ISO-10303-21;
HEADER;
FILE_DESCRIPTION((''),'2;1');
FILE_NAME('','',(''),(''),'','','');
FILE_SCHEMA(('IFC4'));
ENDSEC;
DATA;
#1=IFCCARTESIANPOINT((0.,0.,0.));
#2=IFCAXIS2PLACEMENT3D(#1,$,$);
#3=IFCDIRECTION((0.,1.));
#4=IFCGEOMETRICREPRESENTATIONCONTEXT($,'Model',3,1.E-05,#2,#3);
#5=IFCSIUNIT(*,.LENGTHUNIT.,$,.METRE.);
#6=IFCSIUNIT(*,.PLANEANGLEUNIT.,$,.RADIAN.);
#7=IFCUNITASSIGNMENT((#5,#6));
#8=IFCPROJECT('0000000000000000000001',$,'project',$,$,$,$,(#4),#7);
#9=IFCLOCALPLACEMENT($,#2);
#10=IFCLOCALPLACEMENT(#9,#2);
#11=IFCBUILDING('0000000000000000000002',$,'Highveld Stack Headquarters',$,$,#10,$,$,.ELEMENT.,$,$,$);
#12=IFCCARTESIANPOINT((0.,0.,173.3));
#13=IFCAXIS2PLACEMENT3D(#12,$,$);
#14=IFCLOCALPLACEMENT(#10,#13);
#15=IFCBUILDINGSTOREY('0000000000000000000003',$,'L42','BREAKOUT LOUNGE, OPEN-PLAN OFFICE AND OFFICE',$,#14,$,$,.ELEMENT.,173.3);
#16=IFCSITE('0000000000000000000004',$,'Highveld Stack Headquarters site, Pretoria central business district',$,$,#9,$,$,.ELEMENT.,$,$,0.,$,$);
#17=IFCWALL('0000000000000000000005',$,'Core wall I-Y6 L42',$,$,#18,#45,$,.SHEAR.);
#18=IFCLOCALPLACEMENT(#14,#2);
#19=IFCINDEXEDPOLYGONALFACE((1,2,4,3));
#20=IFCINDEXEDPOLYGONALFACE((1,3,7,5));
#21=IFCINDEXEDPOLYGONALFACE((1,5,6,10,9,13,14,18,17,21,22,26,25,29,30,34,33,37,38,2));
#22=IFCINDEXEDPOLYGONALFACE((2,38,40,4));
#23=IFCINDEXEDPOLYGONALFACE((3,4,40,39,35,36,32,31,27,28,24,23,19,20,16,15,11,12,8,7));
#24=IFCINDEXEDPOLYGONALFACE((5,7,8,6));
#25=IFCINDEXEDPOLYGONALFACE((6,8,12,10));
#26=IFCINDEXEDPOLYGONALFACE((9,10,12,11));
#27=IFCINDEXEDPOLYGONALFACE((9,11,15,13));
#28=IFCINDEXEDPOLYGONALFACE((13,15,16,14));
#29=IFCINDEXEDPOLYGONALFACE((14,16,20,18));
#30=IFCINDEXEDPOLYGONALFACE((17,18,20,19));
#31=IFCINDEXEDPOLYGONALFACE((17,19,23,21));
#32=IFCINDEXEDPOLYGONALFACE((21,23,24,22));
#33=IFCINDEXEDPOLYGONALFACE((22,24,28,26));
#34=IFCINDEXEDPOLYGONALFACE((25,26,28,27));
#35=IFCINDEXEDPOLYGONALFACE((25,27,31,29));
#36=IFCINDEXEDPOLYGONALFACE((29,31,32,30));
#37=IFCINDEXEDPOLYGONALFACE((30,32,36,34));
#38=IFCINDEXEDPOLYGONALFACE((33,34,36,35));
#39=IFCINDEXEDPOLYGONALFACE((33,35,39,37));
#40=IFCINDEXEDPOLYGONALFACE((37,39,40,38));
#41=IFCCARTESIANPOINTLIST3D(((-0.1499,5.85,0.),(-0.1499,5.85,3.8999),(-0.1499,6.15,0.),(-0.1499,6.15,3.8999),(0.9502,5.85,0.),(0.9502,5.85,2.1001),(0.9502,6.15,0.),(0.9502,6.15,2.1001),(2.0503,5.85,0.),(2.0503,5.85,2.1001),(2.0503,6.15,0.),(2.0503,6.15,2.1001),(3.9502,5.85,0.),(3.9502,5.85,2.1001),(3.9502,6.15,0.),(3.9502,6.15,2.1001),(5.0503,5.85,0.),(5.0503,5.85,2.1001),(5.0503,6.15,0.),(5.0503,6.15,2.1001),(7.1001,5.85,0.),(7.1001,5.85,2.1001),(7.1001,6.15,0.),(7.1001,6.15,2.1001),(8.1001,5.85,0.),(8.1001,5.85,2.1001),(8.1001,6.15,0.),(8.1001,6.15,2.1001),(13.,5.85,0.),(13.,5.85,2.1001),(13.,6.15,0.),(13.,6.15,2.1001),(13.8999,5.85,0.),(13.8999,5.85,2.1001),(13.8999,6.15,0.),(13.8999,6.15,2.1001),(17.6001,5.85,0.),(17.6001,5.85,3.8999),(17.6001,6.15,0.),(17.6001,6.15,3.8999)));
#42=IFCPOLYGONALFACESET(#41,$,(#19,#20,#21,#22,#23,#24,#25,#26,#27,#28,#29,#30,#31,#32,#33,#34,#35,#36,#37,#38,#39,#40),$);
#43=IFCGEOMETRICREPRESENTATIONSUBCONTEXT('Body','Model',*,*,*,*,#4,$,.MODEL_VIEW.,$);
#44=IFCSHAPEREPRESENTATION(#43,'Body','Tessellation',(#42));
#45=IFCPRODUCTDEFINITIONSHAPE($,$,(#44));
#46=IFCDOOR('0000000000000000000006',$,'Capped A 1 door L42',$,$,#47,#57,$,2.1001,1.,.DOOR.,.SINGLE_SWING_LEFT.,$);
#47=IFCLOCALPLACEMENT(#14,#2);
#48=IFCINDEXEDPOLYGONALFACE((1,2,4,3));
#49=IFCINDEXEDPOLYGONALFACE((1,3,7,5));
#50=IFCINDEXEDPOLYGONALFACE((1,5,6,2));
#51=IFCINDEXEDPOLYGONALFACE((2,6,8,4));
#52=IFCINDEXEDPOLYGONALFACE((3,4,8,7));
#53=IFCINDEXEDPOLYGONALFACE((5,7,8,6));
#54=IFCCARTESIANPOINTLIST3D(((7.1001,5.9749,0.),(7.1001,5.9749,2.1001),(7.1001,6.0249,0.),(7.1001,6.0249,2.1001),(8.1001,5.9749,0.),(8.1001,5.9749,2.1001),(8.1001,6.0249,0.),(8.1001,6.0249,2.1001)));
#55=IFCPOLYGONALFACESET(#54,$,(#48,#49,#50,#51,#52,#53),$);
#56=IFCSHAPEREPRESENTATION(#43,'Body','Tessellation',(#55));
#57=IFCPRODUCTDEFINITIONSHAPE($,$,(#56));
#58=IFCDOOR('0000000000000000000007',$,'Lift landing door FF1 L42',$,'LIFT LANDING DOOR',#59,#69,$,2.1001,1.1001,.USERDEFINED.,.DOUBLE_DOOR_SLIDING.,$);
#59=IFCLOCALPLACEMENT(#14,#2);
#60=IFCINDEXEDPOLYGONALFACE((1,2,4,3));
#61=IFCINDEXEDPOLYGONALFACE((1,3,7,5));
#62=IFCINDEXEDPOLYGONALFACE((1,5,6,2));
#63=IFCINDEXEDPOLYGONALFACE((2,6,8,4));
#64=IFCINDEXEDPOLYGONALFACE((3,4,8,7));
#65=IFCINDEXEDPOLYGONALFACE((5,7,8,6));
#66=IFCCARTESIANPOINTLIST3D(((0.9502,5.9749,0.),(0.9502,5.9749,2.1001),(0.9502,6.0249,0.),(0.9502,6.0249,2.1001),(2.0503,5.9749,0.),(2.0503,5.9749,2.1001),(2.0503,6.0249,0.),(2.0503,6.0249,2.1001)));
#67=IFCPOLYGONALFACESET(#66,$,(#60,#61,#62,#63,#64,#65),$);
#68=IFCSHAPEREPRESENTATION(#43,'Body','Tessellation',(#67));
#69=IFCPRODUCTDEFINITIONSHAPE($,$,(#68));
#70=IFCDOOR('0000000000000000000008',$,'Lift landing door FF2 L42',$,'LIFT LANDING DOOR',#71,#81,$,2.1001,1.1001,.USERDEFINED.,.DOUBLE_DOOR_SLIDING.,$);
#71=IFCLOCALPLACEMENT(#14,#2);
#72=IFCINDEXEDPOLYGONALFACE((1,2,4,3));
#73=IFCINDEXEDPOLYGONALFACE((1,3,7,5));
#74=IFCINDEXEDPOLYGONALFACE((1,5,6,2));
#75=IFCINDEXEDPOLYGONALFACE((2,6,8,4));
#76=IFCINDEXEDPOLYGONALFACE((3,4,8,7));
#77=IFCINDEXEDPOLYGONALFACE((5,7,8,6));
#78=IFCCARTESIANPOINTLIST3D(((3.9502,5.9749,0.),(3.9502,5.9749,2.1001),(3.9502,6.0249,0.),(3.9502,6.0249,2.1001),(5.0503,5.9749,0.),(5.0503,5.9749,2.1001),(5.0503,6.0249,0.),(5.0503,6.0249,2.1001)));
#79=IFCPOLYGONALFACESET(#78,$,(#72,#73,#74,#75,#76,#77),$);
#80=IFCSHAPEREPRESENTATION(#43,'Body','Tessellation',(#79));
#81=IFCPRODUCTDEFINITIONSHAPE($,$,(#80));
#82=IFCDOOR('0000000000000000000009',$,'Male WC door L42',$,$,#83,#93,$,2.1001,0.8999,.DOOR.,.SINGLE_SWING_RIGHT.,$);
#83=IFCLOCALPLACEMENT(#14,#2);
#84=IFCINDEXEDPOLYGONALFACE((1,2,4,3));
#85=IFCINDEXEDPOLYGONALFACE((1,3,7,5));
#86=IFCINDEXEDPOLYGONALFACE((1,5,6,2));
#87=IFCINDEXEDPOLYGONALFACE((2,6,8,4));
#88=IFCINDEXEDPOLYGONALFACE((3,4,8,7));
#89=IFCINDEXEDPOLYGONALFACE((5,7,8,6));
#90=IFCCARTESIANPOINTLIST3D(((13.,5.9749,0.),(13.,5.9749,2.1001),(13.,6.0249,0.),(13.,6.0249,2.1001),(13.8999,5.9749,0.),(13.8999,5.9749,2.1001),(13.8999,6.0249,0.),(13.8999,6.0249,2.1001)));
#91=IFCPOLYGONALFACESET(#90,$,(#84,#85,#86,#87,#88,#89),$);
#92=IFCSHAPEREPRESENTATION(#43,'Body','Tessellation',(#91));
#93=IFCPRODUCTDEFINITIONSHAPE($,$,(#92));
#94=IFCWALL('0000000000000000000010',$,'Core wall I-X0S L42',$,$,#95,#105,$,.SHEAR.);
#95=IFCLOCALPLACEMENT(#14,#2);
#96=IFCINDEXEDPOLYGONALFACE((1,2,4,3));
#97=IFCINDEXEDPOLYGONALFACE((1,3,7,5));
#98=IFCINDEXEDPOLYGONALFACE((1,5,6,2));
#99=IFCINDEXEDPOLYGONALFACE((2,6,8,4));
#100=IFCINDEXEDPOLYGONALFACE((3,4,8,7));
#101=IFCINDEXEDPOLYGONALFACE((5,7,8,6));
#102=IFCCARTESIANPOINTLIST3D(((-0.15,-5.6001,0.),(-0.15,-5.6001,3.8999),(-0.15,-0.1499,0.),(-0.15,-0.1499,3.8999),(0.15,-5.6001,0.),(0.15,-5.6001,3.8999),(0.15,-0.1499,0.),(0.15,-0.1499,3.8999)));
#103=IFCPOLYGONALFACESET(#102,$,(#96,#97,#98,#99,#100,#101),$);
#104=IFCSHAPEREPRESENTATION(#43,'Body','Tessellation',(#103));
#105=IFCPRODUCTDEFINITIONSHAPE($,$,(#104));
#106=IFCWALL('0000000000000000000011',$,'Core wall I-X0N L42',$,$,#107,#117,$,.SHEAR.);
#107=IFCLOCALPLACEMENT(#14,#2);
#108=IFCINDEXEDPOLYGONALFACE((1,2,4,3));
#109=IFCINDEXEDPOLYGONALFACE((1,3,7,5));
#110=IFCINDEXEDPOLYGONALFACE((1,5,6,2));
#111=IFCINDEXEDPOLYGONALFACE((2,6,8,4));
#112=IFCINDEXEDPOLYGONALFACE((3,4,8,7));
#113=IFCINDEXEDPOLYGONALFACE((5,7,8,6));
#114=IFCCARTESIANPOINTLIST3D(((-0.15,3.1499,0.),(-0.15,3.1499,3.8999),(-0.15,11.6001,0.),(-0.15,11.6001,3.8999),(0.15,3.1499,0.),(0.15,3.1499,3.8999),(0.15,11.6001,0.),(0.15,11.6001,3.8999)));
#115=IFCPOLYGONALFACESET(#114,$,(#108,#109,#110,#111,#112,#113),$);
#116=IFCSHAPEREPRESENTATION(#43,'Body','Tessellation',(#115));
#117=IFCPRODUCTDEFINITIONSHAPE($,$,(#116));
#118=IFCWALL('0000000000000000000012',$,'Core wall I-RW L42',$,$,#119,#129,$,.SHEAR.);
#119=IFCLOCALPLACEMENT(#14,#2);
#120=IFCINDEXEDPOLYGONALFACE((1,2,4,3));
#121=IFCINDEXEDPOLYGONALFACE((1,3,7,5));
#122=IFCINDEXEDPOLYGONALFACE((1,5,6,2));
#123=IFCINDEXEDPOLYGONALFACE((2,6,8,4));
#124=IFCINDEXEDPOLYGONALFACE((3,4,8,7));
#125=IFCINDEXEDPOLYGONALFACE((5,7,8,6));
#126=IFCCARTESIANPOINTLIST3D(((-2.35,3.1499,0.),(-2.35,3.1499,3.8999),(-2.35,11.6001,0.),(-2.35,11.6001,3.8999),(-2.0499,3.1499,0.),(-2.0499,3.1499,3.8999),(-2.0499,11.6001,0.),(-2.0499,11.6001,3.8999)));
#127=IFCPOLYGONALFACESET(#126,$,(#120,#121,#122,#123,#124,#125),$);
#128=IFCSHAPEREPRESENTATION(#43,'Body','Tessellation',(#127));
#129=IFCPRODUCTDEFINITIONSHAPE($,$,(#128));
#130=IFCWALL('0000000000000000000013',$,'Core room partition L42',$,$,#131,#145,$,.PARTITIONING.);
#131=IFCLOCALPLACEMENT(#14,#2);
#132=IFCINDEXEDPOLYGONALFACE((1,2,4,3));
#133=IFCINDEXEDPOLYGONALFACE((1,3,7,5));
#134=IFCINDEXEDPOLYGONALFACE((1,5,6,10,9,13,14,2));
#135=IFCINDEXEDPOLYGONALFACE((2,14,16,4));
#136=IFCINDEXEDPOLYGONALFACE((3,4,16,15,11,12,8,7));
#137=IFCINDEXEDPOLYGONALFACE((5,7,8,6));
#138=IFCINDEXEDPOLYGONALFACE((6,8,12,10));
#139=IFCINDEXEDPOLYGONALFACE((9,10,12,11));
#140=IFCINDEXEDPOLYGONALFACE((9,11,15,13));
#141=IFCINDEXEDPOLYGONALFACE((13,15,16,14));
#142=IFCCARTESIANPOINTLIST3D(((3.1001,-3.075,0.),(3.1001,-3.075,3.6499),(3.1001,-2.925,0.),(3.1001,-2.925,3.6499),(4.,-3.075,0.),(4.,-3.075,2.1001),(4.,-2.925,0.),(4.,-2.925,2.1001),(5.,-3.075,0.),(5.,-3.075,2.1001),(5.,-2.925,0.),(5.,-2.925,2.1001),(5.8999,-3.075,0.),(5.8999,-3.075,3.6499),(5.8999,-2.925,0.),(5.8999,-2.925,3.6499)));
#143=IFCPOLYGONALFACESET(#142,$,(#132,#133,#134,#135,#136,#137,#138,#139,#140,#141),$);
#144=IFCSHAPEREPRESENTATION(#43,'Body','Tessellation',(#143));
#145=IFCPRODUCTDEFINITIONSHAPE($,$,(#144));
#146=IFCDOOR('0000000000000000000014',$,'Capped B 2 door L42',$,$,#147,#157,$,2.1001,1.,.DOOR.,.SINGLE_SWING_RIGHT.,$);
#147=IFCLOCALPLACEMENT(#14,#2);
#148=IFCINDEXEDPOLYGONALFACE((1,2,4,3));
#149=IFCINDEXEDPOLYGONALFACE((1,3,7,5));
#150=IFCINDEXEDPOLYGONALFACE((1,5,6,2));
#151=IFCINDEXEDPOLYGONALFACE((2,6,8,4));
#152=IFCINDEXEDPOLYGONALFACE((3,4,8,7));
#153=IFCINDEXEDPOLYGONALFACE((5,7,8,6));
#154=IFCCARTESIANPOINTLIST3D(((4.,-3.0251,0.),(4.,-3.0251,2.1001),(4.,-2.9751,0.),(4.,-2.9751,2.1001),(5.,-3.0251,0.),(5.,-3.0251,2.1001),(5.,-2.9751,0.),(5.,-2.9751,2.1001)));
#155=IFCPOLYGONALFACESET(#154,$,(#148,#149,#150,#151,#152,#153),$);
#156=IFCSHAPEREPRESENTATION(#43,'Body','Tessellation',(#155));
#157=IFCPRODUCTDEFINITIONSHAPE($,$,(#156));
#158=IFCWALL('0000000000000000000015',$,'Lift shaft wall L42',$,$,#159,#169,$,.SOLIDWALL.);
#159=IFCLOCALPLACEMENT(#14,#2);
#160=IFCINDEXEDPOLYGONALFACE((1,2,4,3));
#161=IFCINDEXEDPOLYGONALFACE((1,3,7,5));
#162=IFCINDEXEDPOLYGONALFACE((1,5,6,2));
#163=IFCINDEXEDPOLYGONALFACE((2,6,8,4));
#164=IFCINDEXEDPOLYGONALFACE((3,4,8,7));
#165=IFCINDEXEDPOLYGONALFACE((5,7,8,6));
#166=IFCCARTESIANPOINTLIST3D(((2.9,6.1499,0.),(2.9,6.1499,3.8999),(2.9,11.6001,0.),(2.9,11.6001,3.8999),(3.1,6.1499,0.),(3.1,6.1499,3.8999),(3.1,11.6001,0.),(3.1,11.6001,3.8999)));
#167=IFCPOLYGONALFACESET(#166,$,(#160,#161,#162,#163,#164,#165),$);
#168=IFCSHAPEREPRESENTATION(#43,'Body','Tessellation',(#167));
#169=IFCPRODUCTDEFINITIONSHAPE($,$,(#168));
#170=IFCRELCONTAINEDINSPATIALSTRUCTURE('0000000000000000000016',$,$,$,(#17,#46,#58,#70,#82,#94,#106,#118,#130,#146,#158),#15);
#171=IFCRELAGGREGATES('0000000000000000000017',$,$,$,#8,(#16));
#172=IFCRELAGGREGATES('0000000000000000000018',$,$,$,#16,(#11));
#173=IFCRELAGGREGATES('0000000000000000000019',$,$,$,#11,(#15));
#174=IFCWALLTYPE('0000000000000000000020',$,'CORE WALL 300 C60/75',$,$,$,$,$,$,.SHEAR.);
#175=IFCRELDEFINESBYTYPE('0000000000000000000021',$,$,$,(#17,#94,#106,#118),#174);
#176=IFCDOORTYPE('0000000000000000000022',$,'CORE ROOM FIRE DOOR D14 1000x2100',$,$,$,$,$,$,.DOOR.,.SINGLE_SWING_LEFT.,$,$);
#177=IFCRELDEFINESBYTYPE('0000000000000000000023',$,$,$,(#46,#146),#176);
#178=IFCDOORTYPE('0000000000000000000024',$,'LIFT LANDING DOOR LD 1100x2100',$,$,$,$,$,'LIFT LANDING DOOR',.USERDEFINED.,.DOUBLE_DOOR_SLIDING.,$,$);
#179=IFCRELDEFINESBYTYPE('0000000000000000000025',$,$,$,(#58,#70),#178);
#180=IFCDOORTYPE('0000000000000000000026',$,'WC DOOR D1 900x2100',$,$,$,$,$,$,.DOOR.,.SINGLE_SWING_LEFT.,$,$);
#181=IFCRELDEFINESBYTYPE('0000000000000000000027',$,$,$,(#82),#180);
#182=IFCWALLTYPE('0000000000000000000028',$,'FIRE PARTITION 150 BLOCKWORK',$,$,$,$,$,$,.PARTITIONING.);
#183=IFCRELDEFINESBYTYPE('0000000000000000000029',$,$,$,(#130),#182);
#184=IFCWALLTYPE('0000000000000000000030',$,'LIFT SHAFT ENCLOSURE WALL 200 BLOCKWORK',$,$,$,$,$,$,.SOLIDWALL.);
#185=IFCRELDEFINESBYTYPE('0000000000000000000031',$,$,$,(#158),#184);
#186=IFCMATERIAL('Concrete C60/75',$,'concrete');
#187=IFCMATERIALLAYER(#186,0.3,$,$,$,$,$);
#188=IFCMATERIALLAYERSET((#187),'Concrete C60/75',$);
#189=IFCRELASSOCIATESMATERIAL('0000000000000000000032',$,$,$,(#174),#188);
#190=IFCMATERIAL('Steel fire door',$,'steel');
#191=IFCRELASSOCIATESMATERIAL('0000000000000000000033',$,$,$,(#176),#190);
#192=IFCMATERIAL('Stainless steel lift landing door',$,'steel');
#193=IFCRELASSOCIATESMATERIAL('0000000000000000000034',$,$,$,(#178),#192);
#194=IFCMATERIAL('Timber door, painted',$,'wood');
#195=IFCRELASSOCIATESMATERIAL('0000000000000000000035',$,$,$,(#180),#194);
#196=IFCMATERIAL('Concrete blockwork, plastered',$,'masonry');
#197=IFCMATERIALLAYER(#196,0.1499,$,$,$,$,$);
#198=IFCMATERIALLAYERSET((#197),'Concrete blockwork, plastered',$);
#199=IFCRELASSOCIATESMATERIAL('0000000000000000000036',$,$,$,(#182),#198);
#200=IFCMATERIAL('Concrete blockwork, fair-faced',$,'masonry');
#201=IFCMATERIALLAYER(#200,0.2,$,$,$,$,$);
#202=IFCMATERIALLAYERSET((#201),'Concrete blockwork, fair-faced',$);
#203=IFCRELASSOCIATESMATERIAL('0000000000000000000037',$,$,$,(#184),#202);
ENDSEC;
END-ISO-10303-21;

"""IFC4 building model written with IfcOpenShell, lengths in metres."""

from ifc_helpers import new_model, si_unit, direction, frame, frame_2d, origin, place, context, subcontext, project, spatial, rectangle, extrude, material, layer, layer_set, type_object, element, fill, save


model = new_model("IFC4")

# Units and contexts
model_context = context("Model", 3, precision=1e-05, world=origin(), true_north=direction((0.0, 1.0)))
body_context = subcontext(model_context, "Body", "Model", "MODEL_VIEW")
ifc_project = project(units=[si_unit("LENGTHUNIT", "METRE"), si_unit("PLANEANGLEUNIT", "RADIAN")], contexts=[model_context])

# Site, building, storey
site_placement = place(None, origin())
site = spatial("IfcSite", under=ifc_project, at=site_placement, Name="Highveld Stack Headquarters site, Pretoria central business district", CompositionType="ELEMENT", RefElevation=0.0)
building_placement = place(site_placement, origin())
building = spatial("IfcBuilding", under=site, at=building_placement, Name="Highveld Stack Headquarters", CompositionType="ELEMENT")
storey_placement = place(building_placement, frame((0.0, 0.0, 173.3)))
storey = spatial("IfcBuildingStorey", under=building, at=storey_placement, Name="L42", Description="BREAKOUT LOUNGE, OPEN-PLAN OFFICE AND OFFICE", CompositionType="ELEMENT", Elevation=173.3)

# Wall, openings, doors
ifc_material_1 = material(Name="Concrete C60/75", Category="concrete")
ifc_layer_1 = layer(ifc_material_1, 0.3)
ifc_layer_set_1 = layer_set([ifc_layer_1], Name="Concrete C60/75")
wall_type_1 = type_object("IfcWallType", Name="CORE WALL 300 C60/75", PredefinedType="SHEAR", material=ifc_layer_set_1)
wall_1_placement = place(storey_placement, frame((-0.1499, 6.0, 0.0), z_axis=(0.0, 0.0, 1.0), x_axis=(1.0, 0.0, 0.0)))
wall_1 = element("IfcWall", 1, at=wall_1_placement, inside=storey, type_object=wall_type_1, Name="Core wall I-Y6 L42", PredefinedType="SHEAR", context=body_context, shape_type="SweptSolid", body=[
    extrude(rectangle(XDim=17.75, YDim=0.3, at=frame_2d((8.875, 0.0))), origin(), (0.0, 0.0, 1.0), 3.8999),
])
opening_1_placement = place(wall_1_placement, frame((13.1499, 0.0, 0.0)))
opening_1 = element("IfcOpeningElement", 2, at=opening_1_placement, cuts=wall_1, PredefinedType="OPENING", context=body_context, shape_type="SweptSolid", body=[
    extrude(rectangle(XDim=0.8999, YDim=2.1001, at=frame_2d((0.45, 1.05))), frame((0.0, 0.1599, 0.0), z_axis=(0.0, -1.0, 0.0), x_axis=(1.0, 0.0, 0.0)), (0.0, 0.0, 1.0), 0.3201),
])
opening_2_placement = place(wall_1_placement, frame((7.25, 0.0, 0.0)))
opening_2 = element("IfcOpeningElement", 3, at=opening_2_placement, cuts=wall_1, PredefinedType="OPENING", context=body_context, shape_type="SweptSolid", body=[
    extrude(rectangle(XDim=1.0, YDim=2.1001, at=frame_2d((0.5, 1.05))), frame((0.0, 0.1599, 0.0), z_axis=(0.0, -1.0, 0.0), x_axis=(1.0, 0.0, 0.0)), (0.0, 0.0, 1.0), 0.3201),
])
opening_3_placement = place(wall_1_placement, frame((1.1001, 0.0, 0.0)))
opening_3 = element("IfcOpeningElement", 4, at=opening_3_placement, cuts=wall_1, PredefinedType="OPENING", context=body_context, shape_type="SweptSolid", body=[
    extrude(rectangle(XDim=1.1001, YDim=2.1001, at=frame_2d((0.55, 1.05))), frame((0.0, 0.1599, 0.0), z_axis=(0.0, -1.0, 0.0), x_axis=(1.0, 0.0, 0.0)), (0.0, 0.0, 1.0), 0.3201),
])
opening_4_placement = place(wall_1_placement, frame((4.1001, 0.0, 0.0)))
opening_4 = element("IfcOpeningElement", 5, at=opening_4_placement, cuts=wall_1, PredefinedType="OPENING", context=body_context, shape_type="SweptSolid", body=[
    extrude(rectangle(XDim=1.1001, YDim=2.1001, at=frame_2d((0.55, 1.05))), frame((0.0, 0.1599, 0.0), z_axis=(0.0, -1.0, 0.0), x_axis=(1.0, 0.0, 0.0)), (0.0, 0.0, 1.0), 0.3201),
])
ifc_material_2 = material(Name="Steel fire door", Category="steel")
door_type_1 = type_object("IfcDoorType", Name="CORE ROOM FIRE DOOR D14 1000x2100", OperationType="SINGLE_SWING_LEFT", PredefinedType="DOOR", material=ifc_material_2)
door_1_placement = place(opening_2_placement, origin())
door_1 = element("IfcDoor", 6, at=door_1_placement, inside=storey, type_object=door_type_1, Name="Capped A 1 door L42", OperationType="SINGLE_SWING_LEFT", OverallHeight=2.1001, OverallWidth=1.0, PredefinedType="DOOR", context=body_context, shape_type="SweptSolid", body=[
    extrude(rectangle(XDim=1.0, YDim=2.1001, at=frame_2d((0.5, 1.05))), frame((0.0, 0.0249, 0.0), z_axis=(0.0, -1.0, 0.0), x_axis=(1.0, 0.0, 0.0)), (0.0, 0.0, 1.0), 0.05),
])
fill(opening_2, door_1)
ifc_material_3 = material(Name="Stainless steel lift landing door", Category="steel")
door_type_2 = type_object("IfcDoorType", Name="LIFT LANDING DOOR LD 1100x2100", ElementType="LIFT LANDING DOOR", OperationType="DOUBLE_DOOR_SLIDING", PredefinedType="USERDEFINED", material=ifc_material_3)
door_2_placement = place(opening_3_placement, origin())
door_2 = element("IfcDoor", 7, at=door_2_placement, inside=storey, type_object=door_type_2, Name="Lift landing door FF1 L42", ObjectType="LIFT LANDING DOOR", OperationType="DOUBLE_DOOR_SLIDING", OverallHeight=2.1001, OverallWidth=1.1001, PredefinedType="USERDEFINED", context=body_context, shape_type="SweptSolid", body=[
    extrude(rectangle(XDim=1.1001, YDim=2.1001, at=frame_2d((0.55, 1.05))), frame((0.0, 0.0249, 0.0), z_axis=(0.0, -1.0, 0.0), x_axis=(1.0, 0.0, 0.0)), (0.0, 0.0, 1.0), 0.05),
])
fill(opening_3, door_2)
door_3_placement = place(opening_4_placement, origin())
door_3 = element("IfcDoor", 8, at=door_3_placement, inside=storey, type_object=door_type_2, Name="Lift landing door FF2 L42", ObjectType="LIFT LANDING DOOR", OperationType="DOUBLE_DOOR_SLIDING", OverallHeight=2.1001, OverallWidth=1.1001, PredefinedType="USERDEFINED", context=body_context, shape_type="SweptSolid", body=[
    extrude(rectangle(XDim=1.1001, YDim=2.1001, at=frame_2d((0.55, 1.05))), frame((0.0, 0.0249, 0.0), z_axis=(0.0, -1.0, 0.0), x_axis=(1.0, 0.0, 0.0)), (0.0, 0.0, 1.0), 0.05),
])
fill(opening_4, door_3)
ifc_material_4 = material(Name="Timber door, painted", Category="wood")
door_type_3 = type_object("IfcDoorType", Name="WC DOOR D1 900x2100", OperationType="SINGLE_SWING_LEFT", PredefinedType="DOOR", material=ifc_material_4)
door_4_placement = place(opening_1_placement, origin())
door_4 = element("IfcDoor", 9, at=door_4_placement, inside=storey, type_object=door_type_3, Name="Male WC door L42", OperationType="SINGLE_SWING_RIGHT", OverallHeight=2.1001, OverallWidth=0.8999, PredefinedType="DOOR", context=body_context, shape_type="SweptSolid", body=[
    extrude(rectangle(XDim=0.8999, YDim=2.1001, at=frame_2d((0.45, 1.05))), frame((0.0, 0.0249, 0.0), z_axis=(0.0, -1.0, 0.0), x_axis=(1.0, 0.0, 0.0)), (0.0, 0.0, 1.0), 0.05),
])
fill(opening_1, door_4)

# Walls
wall_2_placement = place(storey_placement, frame((0.0, -5.6001, 0.0), z_axis=(0.0, 0.0, 1.0), x_axis=(0.0, 1.0, 0.0)))
element("IfcWall", 10, at=wall_2_placement, inside=storey, type_object=wall_type_1, Name="Core wall I-X0S L42", PredefinedType="SHEAR", context=body_context, shape_type="SweptSolid", body=[
    extrude(rectangle(XDim=5.4502, YDim=0.3, at=frame_2d((2.7251, 0.0))), origin(), (0.0, 0.0, 1.0), 3.8999),
])
for number, where, z_axis, x_axis, name in (
    (11, (0.0, 3.1499, 0.0), (0.0, 0.0, 1.0), (0.0, 1.0, 0.0), "Core wall I-X0N L42"),
    (12, (-2.2, 3.1499, 0.0), (0.0, 0.0, 1.0), (0.0, 1.0, 0.0), "Core wall I-RW L42"),
):
    element("IfcWall", number, at=place(storey_placement, frame(where, z_axis=z_axis, x_axis=x_axis)), inside=storey, type_object=wall_type_1, Name=name, PredefinedType="SHEAR", context=body_context, shape_type="SweptSolid", body=[
        extrude(rectangle(XDim=8.4502, YDim=0.3, at=frame_2d((4.2251, 0.0))), origin(), (0.0, 0.0, 1.0), 3.8999),
    ])

# Wall, opening, door
ifc_material_5 = material(Name="Concrete blockwork, plastered", Category="masonry")
ifc_layer_2 = layer(ifc_material_5, 0.1499)
ifc_layer_set_2 = layer_set([ifc_layer_2], Name="Concrete blockwork, plastered")
wall_type_2 = type_object("IfcWallType", Name="FIRE PARTITION 150 BLOCKWORK", PredefinedType="PARTITIONING", material=ifc_layer_set_2)
wall_3_placement = place(storey_placement, frame((3.1001, -3.0, 0.0), z_axis=(0.0, 0.0, 1.0), x_axis=(1.0, 0.0, 0.0)))
wall_3 = element("IfcWall", 13, at=wall_3_placement, inside=storey, type_object=wall_type_2, Name="Core room partition L42", PredefinedType="PARTITIONING", context=body_context, shape_type="SweptSolid", body=[
    extrude(rectangle(XDim=2.7998, YDim=0.1499, at=frame_2d((1.3999, 0.0))), origin(), (0.0, 0.0, 1.0), 3.6499),
])
opening_5_placement = place(wall_3_placement, frame((0.8999, 0.0, 0.0)))
opening_5 = element("IfcOpeningElement", 14, at=opening_5_placement, cuts=wall_3, PredefinedType="OPENING", context=body_context, shape_type="SweptSolid", body=[
    extrude(rectangle(XDim=1.0, YDim=2.1001, at=frame_2d((0.5, 1.05))), frame((0.0, 0.085, 0.0), z_axis=(0.0, -1.0, 0.0), x_axis=(1.0, 0.0, 0.0)), (0.0, 0.0, 1.0), 0.1699),
])
door_5_placement = place(opening_5_placement, origin())
door_5 = element("IfcDoor", 15, at=door_5_placement, inside=storey, type_object=door_type_1, Name="Capped B 2 door L42", OperationType="SINGLE_SWING_RIGHT", OverallHeight=2.1001, OverallWidth=1.0, PredefinedType="DOOR", context=body_context, shape_type="SweptSolid", body=[
    extrude(rectangle(XDim=1.0, YDim=2.1001, at=frame_2d((0.5, 1.05))), frame((0.0, 0.0249, 0.0), z_axis=(0.0, -1.0, 0.0), x_axis=(1.0, 0.0, 0.0)), (0.0, 0.0, 1.0), 0.05),
])
fill(opening_5, door_5)

# Wall
ifc_material_6 = material(Name="Concrete blockwork, fair-faced", Category="masonry")
ifc_layer_3 = layer(ifc_material_6, 0.2)
ifc_layer_set_3 = layer_set([ifc_layer_3], Name="Concrete blockwork, fair-faced")
wall_type_3 = type_object("IfcWallType", Name="LIFT SHAFT ENCLOSURE WALL 200 BLOCKWORK", PredefinedType="SOLIDWALL", material=ifc_layer_set_3)
for number, where, z_axis, x_axis, name in (
    (16, (3.0, 6.1499, 0.0), (0.0, 0.0, 1.0), (0.0, 1.0, 0.0), "Lift shaft wall L42"),
):
    element("IfcWall", number, at=place(storey_placement, frame(where, z_axis=z_axis, x_axis=x_axis)), inside=storey, type_object=wall_type_3, Name=name, PredefinedType="SOLIDWALL", context=body_context, shape_type="SweptSolid", body=[
        extrude(rectangle(XDim=5.4502, YDim=0.2, at=frame_2d((2.7251, 0.0))), origin(), (0.0, 0.0, 1.0), 3.8999),
    ])

save(model, "model.ifc")
